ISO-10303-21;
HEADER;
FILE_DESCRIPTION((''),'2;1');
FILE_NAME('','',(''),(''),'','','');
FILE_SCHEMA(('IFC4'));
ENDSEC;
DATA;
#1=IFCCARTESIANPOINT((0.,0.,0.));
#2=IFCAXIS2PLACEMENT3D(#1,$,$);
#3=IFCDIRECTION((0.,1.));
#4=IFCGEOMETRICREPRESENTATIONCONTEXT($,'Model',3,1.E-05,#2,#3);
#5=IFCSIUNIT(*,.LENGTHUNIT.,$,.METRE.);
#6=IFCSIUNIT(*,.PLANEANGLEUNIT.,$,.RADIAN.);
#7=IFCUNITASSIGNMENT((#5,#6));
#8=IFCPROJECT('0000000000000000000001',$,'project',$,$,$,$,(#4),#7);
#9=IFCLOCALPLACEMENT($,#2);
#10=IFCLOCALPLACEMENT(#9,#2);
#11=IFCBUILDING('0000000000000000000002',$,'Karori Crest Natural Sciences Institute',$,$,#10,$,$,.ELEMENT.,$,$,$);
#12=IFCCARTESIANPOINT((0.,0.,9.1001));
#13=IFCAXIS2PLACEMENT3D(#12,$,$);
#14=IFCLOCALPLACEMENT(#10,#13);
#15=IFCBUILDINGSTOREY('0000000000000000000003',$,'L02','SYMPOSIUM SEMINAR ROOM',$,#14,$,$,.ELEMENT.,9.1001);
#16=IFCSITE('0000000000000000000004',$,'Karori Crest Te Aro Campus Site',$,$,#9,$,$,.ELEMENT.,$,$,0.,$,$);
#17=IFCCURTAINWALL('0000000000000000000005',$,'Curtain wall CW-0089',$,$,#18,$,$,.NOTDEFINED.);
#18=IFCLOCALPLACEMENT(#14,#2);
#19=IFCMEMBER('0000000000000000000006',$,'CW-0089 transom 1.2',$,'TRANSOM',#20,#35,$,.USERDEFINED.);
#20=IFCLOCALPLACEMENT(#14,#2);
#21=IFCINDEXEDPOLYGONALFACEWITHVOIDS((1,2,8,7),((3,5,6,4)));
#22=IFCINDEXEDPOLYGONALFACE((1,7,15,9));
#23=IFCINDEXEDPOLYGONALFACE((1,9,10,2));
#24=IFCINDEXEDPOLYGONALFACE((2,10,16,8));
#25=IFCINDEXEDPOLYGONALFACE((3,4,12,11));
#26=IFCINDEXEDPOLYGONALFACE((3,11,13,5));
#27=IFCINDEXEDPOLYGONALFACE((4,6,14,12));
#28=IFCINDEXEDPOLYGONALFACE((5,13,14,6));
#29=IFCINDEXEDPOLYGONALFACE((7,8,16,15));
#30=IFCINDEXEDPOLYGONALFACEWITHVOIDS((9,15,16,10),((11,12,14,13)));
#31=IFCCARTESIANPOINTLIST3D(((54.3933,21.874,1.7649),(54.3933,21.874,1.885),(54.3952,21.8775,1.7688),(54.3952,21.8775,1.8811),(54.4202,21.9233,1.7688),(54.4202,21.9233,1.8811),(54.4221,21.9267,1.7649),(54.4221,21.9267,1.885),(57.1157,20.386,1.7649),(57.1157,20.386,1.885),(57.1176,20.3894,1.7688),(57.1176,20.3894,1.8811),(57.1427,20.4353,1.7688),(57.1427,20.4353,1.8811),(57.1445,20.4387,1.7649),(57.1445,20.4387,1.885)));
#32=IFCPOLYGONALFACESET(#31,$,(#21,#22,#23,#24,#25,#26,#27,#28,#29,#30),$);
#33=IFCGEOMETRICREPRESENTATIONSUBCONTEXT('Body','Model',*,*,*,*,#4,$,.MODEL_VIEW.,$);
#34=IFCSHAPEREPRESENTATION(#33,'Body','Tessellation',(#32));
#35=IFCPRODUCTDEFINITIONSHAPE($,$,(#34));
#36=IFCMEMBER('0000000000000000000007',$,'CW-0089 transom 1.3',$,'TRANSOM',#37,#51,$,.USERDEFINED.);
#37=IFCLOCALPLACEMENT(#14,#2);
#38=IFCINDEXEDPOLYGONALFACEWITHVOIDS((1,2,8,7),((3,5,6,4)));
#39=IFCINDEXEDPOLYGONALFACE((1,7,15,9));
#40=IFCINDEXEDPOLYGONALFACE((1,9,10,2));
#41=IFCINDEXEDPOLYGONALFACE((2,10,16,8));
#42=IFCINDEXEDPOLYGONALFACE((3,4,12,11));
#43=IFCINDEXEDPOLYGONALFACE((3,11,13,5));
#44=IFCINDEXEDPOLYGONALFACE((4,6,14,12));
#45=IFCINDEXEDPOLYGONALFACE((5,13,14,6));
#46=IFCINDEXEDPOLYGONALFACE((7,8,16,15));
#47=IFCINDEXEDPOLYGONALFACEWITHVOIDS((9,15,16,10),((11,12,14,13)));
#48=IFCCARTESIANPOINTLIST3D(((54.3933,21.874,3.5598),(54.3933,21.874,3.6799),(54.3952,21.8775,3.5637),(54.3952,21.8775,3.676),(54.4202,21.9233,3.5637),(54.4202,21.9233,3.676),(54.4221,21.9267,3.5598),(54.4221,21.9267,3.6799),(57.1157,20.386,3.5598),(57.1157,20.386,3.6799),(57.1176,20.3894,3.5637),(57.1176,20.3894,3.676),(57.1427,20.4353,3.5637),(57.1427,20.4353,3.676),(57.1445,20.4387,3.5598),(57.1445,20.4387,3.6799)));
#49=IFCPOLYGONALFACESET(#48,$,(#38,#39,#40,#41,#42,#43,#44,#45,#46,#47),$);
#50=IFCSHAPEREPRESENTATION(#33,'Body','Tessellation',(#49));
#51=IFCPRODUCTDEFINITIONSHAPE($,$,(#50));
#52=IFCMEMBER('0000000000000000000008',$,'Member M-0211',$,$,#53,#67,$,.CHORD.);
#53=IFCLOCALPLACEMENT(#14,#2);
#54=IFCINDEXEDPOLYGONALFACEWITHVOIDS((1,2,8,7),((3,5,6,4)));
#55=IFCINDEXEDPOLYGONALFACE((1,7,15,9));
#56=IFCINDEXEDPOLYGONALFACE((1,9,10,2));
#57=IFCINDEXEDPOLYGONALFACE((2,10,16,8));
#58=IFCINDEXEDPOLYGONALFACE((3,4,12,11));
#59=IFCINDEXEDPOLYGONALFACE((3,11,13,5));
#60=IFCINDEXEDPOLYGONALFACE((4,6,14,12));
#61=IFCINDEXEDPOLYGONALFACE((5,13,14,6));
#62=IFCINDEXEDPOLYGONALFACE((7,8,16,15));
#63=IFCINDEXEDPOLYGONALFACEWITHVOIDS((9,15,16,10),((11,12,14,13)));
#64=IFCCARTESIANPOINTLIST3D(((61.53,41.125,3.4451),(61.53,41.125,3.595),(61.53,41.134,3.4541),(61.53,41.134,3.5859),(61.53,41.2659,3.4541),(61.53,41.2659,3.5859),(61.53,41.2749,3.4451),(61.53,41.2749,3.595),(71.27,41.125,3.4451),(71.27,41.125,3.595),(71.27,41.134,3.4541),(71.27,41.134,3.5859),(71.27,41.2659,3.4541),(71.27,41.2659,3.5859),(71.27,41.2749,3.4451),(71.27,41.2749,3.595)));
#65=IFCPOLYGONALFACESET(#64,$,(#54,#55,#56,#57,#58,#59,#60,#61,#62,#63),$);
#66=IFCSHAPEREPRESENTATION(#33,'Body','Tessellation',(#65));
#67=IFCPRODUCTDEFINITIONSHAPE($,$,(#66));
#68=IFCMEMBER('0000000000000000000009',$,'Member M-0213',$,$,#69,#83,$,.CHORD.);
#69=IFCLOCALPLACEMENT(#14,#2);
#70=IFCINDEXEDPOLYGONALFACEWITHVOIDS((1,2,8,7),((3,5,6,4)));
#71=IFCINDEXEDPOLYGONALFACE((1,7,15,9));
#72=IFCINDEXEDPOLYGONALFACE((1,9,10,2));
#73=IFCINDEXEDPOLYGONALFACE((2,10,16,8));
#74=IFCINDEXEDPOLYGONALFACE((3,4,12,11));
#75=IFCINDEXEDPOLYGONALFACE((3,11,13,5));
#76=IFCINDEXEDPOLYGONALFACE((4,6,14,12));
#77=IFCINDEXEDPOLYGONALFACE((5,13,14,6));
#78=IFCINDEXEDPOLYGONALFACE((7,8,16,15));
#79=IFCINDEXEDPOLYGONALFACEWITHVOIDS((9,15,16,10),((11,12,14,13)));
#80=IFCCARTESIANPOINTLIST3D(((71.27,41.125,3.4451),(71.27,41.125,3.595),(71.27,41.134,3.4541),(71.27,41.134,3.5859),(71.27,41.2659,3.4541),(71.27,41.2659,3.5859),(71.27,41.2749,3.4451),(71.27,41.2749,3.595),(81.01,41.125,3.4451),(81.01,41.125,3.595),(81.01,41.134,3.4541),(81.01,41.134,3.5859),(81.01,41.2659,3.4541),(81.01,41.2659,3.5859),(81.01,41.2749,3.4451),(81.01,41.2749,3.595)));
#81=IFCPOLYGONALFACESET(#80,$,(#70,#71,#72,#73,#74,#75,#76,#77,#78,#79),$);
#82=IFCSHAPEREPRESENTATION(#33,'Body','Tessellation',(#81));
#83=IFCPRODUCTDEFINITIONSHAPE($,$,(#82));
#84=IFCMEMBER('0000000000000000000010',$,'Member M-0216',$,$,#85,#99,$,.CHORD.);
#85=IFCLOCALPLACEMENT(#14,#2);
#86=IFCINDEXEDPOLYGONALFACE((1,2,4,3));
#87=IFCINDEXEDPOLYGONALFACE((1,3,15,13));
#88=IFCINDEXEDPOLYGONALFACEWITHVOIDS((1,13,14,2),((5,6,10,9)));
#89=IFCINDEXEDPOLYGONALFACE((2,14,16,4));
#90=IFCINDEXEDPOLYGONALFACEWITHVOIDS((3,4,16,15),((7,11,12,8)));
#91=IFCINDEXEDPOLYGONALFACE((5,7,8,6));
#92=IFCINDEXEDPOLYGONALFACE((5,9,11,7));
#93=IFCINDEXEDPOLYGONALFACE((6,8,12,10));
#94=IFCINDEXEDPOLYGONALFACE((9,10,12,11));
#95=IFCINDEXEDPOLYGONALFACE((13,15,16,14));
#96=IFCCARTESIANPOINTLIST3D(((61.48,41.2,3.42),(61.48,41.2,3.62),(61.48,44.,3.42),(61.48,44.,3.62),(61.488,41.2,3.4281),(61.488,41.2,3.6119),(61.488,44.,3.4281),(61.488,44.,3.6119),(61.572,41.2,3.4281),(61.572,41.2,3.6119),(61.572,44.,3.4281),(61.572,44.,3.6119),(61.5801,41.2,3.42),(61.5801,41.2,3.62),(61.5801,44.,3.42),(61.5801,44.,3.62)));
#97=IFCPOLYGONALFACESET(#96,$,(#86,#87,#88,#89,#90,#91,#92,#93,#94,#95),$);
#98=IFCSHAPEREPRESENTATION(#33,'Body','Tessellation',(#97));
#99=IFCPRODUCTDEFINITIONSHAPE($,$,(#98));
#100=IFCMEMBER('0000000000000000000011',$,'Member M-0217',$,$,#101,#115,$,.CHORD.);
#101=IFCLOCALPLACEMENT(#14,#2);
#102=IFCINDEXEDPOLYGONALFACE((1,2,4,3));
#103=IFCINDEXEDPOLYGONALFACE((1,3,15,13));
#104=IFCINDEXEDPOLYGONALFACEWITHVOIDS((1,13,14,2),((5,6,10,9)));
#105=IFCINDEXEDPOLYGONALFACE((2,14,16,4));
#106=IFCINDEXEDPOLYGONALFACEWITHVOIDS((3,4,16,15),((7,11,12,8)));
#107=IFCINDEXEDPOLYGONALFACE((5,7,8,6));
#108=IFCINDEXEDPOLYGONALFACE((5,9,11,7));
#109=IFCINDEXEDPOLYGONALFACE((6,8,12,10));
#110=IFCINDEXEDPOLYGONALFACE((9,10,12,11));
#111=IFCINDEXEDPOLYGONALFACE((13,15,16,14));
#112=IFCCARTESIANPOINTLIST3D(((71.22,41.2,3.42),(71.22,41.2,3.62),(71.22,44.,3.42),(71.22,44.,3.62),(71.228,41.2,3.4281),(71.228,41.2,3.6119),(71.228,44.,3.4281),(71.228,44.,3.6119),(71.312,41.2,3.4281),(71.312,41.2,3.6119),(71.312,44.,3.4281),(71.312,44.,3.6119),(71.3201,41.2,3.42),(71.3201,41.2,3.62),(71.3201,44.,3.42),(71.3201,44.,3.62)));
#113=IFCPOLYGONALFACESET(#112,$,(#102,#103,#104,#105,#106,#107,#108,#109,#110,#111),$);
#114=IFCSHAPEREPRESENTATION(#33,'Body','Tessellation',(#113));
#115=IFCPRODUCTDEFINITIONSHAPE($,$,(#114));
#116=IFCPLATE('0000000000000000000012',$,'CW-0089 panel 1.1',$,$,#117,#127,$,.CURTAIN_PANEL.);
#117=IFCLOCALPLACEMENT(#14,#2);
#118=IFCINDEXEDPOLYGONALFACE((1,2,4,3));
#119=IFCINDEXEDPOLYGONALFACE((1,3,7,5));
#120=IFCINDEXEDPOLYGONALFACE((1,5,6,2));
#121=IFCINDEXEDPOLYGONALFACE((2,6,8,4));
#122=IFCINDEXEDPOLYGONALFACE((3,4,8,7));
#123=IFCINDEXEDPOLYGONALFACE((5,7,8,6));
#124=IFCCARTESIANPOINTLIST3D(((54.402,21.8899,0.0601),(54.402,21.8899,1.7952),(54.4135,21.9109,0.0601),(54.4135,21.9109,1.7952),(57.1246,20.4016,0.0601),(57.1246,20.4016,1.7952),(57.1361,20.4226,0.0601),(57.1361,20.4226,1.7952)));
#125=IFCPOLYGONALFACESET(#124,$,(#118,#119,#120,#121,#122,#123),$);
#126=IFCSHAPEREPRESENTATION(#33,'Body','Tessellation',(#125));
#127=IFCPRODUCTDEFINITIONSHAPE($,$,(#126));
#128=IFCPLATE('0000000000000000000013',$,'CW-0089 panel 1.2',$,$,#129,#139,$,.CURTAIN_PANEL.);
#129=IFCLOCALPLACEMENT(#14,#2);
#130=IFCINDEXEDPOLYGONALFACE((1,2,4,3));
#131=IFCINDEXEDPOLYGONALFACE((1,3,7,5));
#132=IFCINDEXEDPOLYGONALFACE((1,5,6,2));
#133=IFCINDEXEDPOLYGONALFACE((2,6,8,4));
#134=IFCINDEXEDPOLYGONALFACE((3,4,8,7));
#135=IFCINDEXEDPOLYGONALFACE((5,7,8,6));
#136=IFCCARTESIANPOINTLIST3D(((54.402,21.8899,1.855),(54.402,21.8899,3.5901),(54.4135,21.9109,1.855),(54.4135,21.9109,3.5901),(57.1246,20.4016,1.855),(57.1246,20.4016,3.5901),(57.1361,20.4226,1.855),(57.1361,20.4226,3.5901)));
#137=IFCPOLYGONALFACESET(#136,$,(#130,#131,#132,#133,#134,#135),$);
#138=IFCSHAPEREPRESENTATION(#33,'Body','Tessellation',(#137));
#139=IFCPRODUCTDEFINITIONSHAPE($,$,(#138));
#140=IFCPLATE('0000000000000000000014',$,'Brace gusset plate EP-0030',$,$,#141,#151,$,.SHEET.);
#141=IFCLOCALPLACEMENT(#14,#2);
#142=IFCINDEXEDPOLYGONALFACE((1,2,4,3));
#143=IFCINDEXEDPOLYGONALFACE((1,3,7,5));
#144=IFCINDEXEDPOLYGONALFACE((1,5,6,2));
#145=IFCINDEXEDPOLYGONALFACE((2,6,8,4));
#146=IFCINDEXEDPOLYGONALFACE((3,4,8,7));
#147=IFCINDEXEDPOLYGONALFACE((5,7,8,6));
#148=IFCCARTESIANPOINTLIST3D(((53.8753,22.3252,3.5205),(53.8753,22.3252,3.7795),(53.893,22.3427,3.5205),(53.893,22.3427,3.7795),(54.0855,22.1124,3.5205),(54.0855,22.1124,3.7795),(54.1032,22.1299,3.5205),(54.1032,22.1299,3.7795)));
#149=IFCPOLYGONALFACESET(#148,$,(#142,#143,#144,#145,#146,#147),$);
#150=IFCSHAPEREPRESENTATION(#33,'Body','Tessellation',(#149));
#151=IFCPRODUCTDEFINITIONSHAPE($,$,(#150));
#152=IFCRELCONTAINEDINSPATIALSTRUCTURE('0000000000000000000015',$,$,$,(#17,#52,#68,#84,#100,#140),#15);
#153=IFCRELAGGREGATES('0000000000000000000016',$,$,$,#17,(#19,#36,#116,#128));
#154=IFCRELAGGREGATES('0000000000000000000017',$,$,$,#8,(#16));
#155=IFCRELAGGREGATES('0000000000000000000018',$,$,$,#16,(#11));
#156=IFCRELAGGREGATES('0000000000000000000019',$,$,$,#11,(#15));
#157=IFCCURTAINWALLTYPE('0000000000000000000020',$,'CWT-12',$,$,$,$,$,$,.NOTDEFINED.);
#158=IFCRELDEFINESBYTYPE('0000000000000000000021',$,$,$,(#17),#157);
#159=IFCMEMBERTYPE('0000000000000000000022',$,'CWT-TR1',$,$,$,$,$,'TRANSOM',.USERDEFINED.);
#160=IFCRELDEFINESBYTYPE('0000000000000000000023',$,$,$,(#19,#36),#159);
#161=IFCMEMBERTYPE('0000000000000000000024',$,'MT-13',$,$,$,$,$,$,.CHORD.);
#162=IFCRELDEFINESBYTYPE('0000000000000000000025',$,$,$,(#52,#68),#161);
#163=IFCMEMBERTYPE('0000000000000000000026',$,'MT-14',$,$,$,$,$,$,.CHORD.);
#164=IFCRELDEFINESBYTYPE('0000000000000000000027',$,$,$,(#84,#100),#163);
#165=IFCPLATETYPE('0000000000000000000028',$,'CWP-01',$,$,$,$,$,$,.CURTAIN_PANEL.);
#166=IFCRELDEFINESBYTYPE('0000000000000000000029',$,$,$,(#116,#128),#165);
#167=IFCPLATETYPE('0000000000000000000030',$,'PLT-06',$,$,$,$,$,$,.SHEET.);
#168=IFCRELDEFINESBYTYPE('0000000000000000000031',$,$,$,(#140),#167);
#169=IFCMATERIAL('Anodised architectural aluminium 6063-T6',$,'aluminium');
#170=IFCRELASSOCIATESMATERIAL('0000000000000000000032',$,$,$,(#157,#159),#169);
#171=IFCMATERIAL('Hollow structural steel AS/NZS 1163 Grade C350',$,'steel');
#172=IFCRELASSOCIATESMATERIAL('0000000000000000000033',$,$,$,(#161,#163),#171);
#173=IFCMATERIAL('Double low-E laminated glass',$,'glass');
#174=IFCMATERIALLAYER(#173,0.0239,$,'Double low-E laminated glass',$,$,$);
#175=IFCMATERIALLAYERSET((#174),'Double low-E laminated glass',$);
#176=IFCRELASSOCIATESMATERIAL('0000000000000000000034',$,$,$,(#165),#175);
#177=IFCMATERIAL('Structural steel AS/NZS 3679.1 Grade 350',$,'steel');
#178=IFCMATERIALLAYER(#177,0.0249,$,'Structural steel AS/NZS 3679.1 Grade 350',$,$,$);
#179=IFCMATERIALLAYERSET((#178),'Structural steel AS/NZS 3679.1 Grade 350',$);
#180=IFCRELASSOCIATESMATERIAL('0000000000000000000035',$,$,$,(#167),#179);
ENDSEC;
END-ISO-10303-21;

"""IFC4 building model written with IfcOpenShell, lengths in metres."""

from ifc_helpers import new_model, si_unit, direction, frame, origin, origin_2d, place, context, subcontext, project, spatial, rectangle, hollow_rectangle, extrude, material, layer, layer_set, material_profile, profile_set, type_object, element, aggregate, save


model = new_model("IFC4")

# Units and contexts
model_context = context("Model", 3, precision=1e-05, world=origin(), true_north=direction((0.0, 1.0)))
body_context = subcontext(model_context, "Body", "Model", "MODEL_VIEW")
ifc_project = project(units=[si_unit("LENGTHUNIT", "METRE"), si_unit("PLANEANGLEUNIT", "RADIAN")], contexts=[model_context])

# Site, building, storey
site_placement = place(None, origin())
site = spatial("IfcSite", under=ifc_project, at=site_placement, Name="Karori Crest Te Aro Campus Site", CompositionType="ELEMENT", RefElevation=0.0)
building_placement = place(site_placement, origin())
building = spatial("IfcBuilding", under=site, at=building_placement, Name="Karori Crest Natural Sciences Institute", CompositionType="ELEMENT")
storey_placement = place(building_placement, frame((0.0, 0.0, 9.1001)))
storey = spatial("IfcBuildingStorey", under=building, at=storey_placement, Name="L02", Description="SYMPOSIUM SEMINAR ROOM", CompositionType="ELEMENT", Elevation=9.1001)

# Shared definitions
ifc_material_1 = material(Name="Hollow structural steel AS/NZS 1163 Grade C350", Category="steel")
ifc_material_2 = material(Name="Structural steel AS/NZS 3679.1 Grade 350", Category="steel")

# Curtain wall, members
ifc_material_3 = material(Name="Anodised architectural aluminium 6063-T6", Category="aluminium")
curtain_wall_type = type_object("IfcCurtainWallType", Name="CWT-12", PredefinedType="NOTDEFINED", material=ifc_material_3)
curtain_wall_placement = place(storey_placement, origin())
curtain_wall = element("IfcCurtainWall", 1, at=curtain_wall_placement, inside=storey, type_object=curtain_wall_type, Name="Curtain wall CW-0089", PredefinedType="NOTDEFINED")
ifc_material_profile_1 = material_profile(ifc_material_3, hollow_rectangle(XDim=0.0601, YDim=0.1201, WallThickness=0.0039, at=origin_2d()), Name="CWT120x60x4")
ifc_profile_set_1 = profile_set([ifc_material_profile_1], Name="Anodised architectural aluminium 6063-T6")
member_type_1 = type_object("IfcMemberType", Name="CWT-TR1", ElementType="TRANSOM", PredefinedType="USERDEFINED", material=ifc_profile_set_1)
member_1_placement = place(storey_placement, frame((54.4077, 21.9004, 1.825), z_axis=(0.877477, -0.479618, 0.0), x_axis=(0.479618, 0.877477, 0.0)))
member_1 = element("IfcMember", 2, at=member_1_placement, type_object=member_type_1, Name="CW-0089 transom 1.2", ObjectType="TRANSOM", PredefinedType="USERDEFINED", context=body_context, shape_type="SweptSolid", body=[
    extrude(hollow_rectangle(XDim=0.0601, YDim=0.1201, WallThickness=0.0039, at=origin_2d()), origin(), (0.0, 0.0, 1.0), 3.1025),
])
member_2_placement = place(storey_placement, frame((54.4077, 21.9004, 3.6199), z_axis=(0.877477, -0.479618, 0.0), x_axis=(0.479618, 0.877477, 0.0)))
member_2 = element("IfcMember", 3, at=member_2_placement, type_object=member_type_1, Name="CW-0089 transom 1.3", ObjectType="TRANSOM", PredefinedType="USERDEFINED", context=body_context, shape_type="SweptSolid", body=[
    extrude(hollow_rectangle(XDim=0.0601, YDim=0.1201, WallThickness=0.0039, at=origin_2d()), origin(), (0.0, 0.0, 1.0), 3.1025),
])

# Members
ifc_material_profile_2 = material_profile(ifc_material_1, hollow_rectangle(XDim=0.1499, YDim=0.1499, WallThickness=0.009, at=origin_2d()), Name="SHS150x150x9")
ifc_profile_set_2 = profile_set([ifc_material_profile_2], Name="Hollow structural steel AS/NZS 1163 Grade C350")
member_type_2 = type_object("IfcMemberType", Name="MT-13", PredefinedType="CHORD", material=ifc_profile_set_2)
for number, where, z_axis, x_axis, name in (
    (4, (61.53, 41.2, 3.52), (1.0, 0.0, 0.0), (0.0, 1.0, 0.0), "Member M-0211"),
    (5, (71.27, 41.2, 3.52), (1.0, 0.0, 0.0), (0.0, 1.0, 0.0), "Member M-0213"),
):
    element("IfcMember", number, at=place(storey_placement, frame(where, z_axis=z_axis, x_axis=x_axis)), inside=storey, type_object=member_type_2, Name=name, PredefinedType="CHORD", context=body_context, shape_type="SweptSolid", body=[
        extrude(hollow_rectangle(XDim=0.1499, YDim=0.1499, WallThickness=0.009, at=origin_2d()), origin(), (0.0, 0.0, 1.0), 9.74),
    ])
ifc_material_profile_3 = material_profile(ifc_material_1, hollow_rectangle(XDim=0.1001, YDim=0.2, WallThickness=0.0081, at=origin_2d()), Name="RHS200x100x8")
ifc_profile_set_3 = profile_set([ifc_material_profile_3], Name="Hollow structural steel AS/NZS 1163 Grade C350")
member_type_3 = type_object("IfcMemberType", Name="MT-14", PredefinedType="CHORD", material=ifc_profile_set_3)
for number, where, z_axis, x_axis, name in (
    (6, (61.53, 41.2, 3.52), (0.0, 1.0, 0.0), (-1.0, 0.0, 0.0), "Member M-0216"),
    (7, (71.27, 41.2, 3.52), (0.0, 1.0, 0.0), (-1.0, 0.0, 0.0), "Member M-0217"),
):
    element("IfcMember", number, at=place(storey_placement, frame(where, z_axis=z_axis, x_axis=x_axis)), inside=storey, type_object=member_type_3, Name=name, PredefinedType="CHORD", context=body_context, shape_type="SweptSolid", body=[
        extrude(hollow_rectangle(XDim=0.1001, YDim=0.2, WallThickness=0.0081, at=origin_2d()), origin(), (0.0, 0.0, 1.0), 2.8),
    ])

# Plates
ifc_material_4 = material(Name="Double low-E laminated glass", Category="glass")
ifc_layer_1 = layer(ifc_material_4, 0.0239, Name="Double low-E laminated glass")
ifc_layer_set_1 = layer_set([ifc_layer_1], Name="Double low-E laminated glass")
plate_type_1 = type_object("IfcPlateType", Name="CWP-01", PredefinedType="CURTAIN_PANEL", material=ifc_layer_set_1)
plate_1_placement = place(storey_placement, frame((55.769, 21.1562, 0.0601), z_axis=(0.0, 0.0, 1.0), x_axis=(0.877464, -0.479643, 0.0)))
plate_1 = element("IfcPlate", 8, at=plate_1_placement, type_object=plate_type_1, Name="CW-0089 panel 1.1", PredefinedType="CURTAIN_PANEL", context=body_context, shape_type="SweptSolid", body=[
    extrude(rectangle(XDim=3.1028, YDim=0.0239, at=origin_2d()), origin(), (0.0, 0.0, 1.0), 1.7351),
])
plate_2_placement = place(storey_placement, frame((55.769, 21.1562, 1.855), z_axis=(0.0, 0.0, 1.0), x_axis=(0.877464, -0.479643, 0.0)))
plate_2 = element("IfcPlate", 9, at=plate_2_placement, type_object=plate_type_1, Name="CW-0089 panel 1.2", PredefinedType="CURTAIN_PANEL", context=body_context, shape_type="SweptSolid", body=[
    extrude(rectangle(XDim=3.1028, YDim=0.0239, at=origin_2d()), origin(), (0.0, 0.0, 1.0), 1.7351),
])
aggregate(curtain_wall, [member_1, member_2, plate_1, plate_2])
ifc_layer_2 = layer(ifc_material_2, 0.0249, Name="Structural steel AS/NZS 3679.1 Grade 350")
ifc_layer_set_2 = layer_set([ifc_layer_2], Name="Structural steel AS/NZS 3679.1 Grade 350")
plate_type_2 = type_object("IfcPlateType", Name="PLT-06", PredefinedType="SHEET", material=ifc_layer_set_2)
plate_3_placement = place(storey_placement, frame((53.9893, 22.2275, 3.5205), z_axis=(0.0, 0.0, 1.0), x_axis=(-0.702664, 0.711522, 0.0)))
element("IfcPlate", 10, at=plate_3_placement, inside=storey, type_object=plate_type_2, Name="Brace gusset plate EP-0030", PredefinedType="SHEET", context=body_context, shape_type="SweptSolid", body=[
    extrude(rectangle(XDim=0.2991, YDim=0.0249, at=origin_2d()), origin(), (0.0, 0.0, 1.0), 0.259),
])

save(model, "model.ifc")
